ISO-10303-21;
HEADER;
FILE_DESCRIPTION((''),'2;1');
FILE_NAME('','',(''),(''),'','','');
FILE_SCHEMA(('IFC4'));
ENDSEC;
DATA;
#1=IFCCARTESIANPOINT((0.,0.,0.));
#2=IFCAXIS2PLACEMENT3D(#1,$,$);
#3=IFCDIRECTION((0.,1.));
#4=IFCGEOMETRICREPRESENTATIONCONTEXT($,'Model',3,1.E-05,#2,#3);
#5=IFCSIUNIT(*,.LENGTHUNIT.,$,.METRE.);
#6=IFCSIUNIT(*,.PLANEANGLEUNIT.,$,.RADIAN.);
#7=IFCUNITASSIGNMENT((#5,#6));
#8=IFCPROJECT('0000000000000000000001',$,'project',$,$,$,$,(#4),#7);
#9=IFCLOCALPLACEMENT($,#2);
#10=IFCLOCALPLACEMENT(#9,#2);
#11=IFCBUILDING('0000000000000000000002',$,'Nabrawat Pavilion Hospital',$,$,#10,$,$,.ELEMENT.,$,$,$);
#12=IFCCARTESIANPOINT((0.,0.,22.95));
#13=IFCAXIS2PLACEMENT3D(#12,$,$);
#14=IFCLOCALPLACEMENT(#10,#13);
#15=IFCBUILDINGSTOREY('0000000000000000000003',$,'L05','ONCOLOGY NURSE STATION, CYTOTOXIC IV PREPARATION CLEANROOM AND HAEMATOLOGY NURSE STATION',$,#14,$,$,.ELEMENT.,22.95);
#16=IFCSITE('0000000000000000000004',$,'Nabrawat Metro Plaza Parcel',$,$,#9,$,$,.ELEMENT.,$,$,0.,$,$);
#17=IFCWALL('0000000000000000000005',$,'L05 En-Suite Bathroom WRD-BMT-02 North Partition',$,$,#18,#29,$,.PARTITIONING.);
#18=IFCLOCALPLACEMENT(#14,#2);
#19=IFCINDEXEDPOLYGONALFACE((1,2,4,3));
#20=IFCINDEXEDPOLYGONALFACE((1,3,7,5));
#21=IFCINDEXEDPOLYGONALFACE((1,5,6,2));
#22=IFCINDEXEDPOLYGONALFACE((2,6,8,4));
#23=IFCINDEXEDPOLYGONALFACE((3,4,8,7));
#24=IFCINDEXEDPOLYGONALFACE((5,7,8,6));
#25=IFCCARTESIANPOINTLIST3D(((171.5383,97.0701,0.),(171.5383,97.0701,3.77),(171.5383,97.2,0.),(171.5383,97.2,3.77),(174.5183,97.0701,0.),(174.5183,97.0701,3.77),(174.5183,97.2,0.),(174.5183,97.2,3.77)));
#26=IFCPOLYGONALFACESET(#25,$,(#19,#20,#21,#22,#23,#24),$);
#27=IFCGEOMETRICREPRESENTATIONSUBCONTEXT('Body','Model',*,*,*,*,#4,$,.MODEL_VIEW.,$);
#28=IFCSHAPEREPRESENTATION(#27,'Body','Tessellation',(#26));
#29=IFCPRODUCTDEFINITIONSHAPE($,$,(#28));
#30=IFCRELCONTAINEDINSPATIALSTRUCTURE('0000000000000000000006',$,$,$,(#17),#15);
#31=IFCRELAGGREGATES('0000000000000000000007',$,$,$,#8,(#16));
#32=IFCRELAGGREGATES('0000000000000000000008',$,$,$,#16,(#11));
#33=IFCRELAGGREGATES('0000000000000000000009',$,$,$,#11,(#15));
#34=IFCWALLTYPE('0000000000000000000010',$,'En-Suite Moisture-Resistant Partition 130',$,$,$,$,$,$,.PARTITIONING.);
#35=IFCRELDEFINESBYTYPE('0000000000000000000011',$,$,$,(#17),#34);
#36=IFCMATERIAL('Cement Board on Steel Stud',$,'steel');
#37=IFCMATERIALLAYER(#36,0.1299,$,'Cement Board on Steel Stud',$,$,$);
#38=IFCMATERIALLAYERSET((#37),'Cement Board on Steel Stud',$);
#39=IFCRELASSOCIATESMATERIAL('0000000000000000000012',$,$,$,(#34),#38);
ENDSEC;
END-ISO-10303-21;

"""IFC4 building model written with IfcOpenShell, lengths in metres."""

from ifc_helpers import new_model, si_unit, direction, frame, frame_2d, origin, place, context, subcontext, project, spatial, rectangle, extrude, material, layer, layer_set, type_object, element, save


model = new_model("IFC4")

# Units and contexts
model_context = context("Model", 3, precision=1e-05, world=origin(), true_north=direction((0.0, 1.0)))
body_context = subcontext(model_context, "Body", "Model", "MODEL_VIEW")
ifc_project = project(units=[si_unit("LENGTHUNIT", "METRE"), si_unit("PLANEANGLEUNIT", "RADIAN")], contexts=[model_context])

# Site, building, storey
site_placement = place(None, origin())
site = spatial("IfcSite", under=ifc_project, at=site_placement, Name="Nabrawat Metro Plaza Parcel", CompositionType="ELEMENT", RefElevation=0.0)
building_placement = place(site_placement, origin())
building = spatial("IfcBuilding", under=site, at=building_placement, Name="Nabrawat Pavilion Hospital", CompositionType="ELEMENT")
storey_placement = place(building_placement, frame((0.0, 0.0, 22.95)))
storey = spatial("IfcBuildingStorey", under=building, at=storey_placement, Name="L05", Description="ONCOLOGY NURSE STATION, CYTOTOXIC IV PREPARATION CLEANROOM AND HAEMATOLOGY NURSE STATION", CompositionType="ELEMENT", Elevation=22.95)

# Shared definitions
ifc_material_1 = material(Name="Cement Board on Steel Stud", Category="steel")
ifc_layer_1 = layer(ifc_material_1, 0.1299, Name="Cement Board on Steel Stud")
ifc_layer_set_1 = layer_set([ifc_layer_1], Name="Cement Board on Steel Stud")
wall_type_1 = type_object("IfcWallType", Name="En-Suite Moisture-Resistant Partition 130", PredefinedType="PARTITIONING", material=ifc_layer_set_1)

# Wall
for number, where, z_axis, x_axis, name in (
    (1, (171.5383, 97.135, 0.0), (0.0, 0.0, 1.0), (1.0, 0.0, 0.0), "L05 En-Suite Bathroom WRD-BMT-02 North Partition"),
):
    element("IfcWall", number, at=place(storey_placement, frame(where, z_axis=z_axis, x_axis=x_axis)), inside=storey, type_object=wall_type_1, Name=name, PredefinedType="PARTITIONING", context=body_context, shape_type="SweptSolid", body=[
        extrude(rectangle(XDim=2.98, YDim=0.1299, at=frame_2d((1.49, 0.0))), origin(), (0.0, 0.0, 1.0), 3.77),
    ])

save(model, "model.ifc")
